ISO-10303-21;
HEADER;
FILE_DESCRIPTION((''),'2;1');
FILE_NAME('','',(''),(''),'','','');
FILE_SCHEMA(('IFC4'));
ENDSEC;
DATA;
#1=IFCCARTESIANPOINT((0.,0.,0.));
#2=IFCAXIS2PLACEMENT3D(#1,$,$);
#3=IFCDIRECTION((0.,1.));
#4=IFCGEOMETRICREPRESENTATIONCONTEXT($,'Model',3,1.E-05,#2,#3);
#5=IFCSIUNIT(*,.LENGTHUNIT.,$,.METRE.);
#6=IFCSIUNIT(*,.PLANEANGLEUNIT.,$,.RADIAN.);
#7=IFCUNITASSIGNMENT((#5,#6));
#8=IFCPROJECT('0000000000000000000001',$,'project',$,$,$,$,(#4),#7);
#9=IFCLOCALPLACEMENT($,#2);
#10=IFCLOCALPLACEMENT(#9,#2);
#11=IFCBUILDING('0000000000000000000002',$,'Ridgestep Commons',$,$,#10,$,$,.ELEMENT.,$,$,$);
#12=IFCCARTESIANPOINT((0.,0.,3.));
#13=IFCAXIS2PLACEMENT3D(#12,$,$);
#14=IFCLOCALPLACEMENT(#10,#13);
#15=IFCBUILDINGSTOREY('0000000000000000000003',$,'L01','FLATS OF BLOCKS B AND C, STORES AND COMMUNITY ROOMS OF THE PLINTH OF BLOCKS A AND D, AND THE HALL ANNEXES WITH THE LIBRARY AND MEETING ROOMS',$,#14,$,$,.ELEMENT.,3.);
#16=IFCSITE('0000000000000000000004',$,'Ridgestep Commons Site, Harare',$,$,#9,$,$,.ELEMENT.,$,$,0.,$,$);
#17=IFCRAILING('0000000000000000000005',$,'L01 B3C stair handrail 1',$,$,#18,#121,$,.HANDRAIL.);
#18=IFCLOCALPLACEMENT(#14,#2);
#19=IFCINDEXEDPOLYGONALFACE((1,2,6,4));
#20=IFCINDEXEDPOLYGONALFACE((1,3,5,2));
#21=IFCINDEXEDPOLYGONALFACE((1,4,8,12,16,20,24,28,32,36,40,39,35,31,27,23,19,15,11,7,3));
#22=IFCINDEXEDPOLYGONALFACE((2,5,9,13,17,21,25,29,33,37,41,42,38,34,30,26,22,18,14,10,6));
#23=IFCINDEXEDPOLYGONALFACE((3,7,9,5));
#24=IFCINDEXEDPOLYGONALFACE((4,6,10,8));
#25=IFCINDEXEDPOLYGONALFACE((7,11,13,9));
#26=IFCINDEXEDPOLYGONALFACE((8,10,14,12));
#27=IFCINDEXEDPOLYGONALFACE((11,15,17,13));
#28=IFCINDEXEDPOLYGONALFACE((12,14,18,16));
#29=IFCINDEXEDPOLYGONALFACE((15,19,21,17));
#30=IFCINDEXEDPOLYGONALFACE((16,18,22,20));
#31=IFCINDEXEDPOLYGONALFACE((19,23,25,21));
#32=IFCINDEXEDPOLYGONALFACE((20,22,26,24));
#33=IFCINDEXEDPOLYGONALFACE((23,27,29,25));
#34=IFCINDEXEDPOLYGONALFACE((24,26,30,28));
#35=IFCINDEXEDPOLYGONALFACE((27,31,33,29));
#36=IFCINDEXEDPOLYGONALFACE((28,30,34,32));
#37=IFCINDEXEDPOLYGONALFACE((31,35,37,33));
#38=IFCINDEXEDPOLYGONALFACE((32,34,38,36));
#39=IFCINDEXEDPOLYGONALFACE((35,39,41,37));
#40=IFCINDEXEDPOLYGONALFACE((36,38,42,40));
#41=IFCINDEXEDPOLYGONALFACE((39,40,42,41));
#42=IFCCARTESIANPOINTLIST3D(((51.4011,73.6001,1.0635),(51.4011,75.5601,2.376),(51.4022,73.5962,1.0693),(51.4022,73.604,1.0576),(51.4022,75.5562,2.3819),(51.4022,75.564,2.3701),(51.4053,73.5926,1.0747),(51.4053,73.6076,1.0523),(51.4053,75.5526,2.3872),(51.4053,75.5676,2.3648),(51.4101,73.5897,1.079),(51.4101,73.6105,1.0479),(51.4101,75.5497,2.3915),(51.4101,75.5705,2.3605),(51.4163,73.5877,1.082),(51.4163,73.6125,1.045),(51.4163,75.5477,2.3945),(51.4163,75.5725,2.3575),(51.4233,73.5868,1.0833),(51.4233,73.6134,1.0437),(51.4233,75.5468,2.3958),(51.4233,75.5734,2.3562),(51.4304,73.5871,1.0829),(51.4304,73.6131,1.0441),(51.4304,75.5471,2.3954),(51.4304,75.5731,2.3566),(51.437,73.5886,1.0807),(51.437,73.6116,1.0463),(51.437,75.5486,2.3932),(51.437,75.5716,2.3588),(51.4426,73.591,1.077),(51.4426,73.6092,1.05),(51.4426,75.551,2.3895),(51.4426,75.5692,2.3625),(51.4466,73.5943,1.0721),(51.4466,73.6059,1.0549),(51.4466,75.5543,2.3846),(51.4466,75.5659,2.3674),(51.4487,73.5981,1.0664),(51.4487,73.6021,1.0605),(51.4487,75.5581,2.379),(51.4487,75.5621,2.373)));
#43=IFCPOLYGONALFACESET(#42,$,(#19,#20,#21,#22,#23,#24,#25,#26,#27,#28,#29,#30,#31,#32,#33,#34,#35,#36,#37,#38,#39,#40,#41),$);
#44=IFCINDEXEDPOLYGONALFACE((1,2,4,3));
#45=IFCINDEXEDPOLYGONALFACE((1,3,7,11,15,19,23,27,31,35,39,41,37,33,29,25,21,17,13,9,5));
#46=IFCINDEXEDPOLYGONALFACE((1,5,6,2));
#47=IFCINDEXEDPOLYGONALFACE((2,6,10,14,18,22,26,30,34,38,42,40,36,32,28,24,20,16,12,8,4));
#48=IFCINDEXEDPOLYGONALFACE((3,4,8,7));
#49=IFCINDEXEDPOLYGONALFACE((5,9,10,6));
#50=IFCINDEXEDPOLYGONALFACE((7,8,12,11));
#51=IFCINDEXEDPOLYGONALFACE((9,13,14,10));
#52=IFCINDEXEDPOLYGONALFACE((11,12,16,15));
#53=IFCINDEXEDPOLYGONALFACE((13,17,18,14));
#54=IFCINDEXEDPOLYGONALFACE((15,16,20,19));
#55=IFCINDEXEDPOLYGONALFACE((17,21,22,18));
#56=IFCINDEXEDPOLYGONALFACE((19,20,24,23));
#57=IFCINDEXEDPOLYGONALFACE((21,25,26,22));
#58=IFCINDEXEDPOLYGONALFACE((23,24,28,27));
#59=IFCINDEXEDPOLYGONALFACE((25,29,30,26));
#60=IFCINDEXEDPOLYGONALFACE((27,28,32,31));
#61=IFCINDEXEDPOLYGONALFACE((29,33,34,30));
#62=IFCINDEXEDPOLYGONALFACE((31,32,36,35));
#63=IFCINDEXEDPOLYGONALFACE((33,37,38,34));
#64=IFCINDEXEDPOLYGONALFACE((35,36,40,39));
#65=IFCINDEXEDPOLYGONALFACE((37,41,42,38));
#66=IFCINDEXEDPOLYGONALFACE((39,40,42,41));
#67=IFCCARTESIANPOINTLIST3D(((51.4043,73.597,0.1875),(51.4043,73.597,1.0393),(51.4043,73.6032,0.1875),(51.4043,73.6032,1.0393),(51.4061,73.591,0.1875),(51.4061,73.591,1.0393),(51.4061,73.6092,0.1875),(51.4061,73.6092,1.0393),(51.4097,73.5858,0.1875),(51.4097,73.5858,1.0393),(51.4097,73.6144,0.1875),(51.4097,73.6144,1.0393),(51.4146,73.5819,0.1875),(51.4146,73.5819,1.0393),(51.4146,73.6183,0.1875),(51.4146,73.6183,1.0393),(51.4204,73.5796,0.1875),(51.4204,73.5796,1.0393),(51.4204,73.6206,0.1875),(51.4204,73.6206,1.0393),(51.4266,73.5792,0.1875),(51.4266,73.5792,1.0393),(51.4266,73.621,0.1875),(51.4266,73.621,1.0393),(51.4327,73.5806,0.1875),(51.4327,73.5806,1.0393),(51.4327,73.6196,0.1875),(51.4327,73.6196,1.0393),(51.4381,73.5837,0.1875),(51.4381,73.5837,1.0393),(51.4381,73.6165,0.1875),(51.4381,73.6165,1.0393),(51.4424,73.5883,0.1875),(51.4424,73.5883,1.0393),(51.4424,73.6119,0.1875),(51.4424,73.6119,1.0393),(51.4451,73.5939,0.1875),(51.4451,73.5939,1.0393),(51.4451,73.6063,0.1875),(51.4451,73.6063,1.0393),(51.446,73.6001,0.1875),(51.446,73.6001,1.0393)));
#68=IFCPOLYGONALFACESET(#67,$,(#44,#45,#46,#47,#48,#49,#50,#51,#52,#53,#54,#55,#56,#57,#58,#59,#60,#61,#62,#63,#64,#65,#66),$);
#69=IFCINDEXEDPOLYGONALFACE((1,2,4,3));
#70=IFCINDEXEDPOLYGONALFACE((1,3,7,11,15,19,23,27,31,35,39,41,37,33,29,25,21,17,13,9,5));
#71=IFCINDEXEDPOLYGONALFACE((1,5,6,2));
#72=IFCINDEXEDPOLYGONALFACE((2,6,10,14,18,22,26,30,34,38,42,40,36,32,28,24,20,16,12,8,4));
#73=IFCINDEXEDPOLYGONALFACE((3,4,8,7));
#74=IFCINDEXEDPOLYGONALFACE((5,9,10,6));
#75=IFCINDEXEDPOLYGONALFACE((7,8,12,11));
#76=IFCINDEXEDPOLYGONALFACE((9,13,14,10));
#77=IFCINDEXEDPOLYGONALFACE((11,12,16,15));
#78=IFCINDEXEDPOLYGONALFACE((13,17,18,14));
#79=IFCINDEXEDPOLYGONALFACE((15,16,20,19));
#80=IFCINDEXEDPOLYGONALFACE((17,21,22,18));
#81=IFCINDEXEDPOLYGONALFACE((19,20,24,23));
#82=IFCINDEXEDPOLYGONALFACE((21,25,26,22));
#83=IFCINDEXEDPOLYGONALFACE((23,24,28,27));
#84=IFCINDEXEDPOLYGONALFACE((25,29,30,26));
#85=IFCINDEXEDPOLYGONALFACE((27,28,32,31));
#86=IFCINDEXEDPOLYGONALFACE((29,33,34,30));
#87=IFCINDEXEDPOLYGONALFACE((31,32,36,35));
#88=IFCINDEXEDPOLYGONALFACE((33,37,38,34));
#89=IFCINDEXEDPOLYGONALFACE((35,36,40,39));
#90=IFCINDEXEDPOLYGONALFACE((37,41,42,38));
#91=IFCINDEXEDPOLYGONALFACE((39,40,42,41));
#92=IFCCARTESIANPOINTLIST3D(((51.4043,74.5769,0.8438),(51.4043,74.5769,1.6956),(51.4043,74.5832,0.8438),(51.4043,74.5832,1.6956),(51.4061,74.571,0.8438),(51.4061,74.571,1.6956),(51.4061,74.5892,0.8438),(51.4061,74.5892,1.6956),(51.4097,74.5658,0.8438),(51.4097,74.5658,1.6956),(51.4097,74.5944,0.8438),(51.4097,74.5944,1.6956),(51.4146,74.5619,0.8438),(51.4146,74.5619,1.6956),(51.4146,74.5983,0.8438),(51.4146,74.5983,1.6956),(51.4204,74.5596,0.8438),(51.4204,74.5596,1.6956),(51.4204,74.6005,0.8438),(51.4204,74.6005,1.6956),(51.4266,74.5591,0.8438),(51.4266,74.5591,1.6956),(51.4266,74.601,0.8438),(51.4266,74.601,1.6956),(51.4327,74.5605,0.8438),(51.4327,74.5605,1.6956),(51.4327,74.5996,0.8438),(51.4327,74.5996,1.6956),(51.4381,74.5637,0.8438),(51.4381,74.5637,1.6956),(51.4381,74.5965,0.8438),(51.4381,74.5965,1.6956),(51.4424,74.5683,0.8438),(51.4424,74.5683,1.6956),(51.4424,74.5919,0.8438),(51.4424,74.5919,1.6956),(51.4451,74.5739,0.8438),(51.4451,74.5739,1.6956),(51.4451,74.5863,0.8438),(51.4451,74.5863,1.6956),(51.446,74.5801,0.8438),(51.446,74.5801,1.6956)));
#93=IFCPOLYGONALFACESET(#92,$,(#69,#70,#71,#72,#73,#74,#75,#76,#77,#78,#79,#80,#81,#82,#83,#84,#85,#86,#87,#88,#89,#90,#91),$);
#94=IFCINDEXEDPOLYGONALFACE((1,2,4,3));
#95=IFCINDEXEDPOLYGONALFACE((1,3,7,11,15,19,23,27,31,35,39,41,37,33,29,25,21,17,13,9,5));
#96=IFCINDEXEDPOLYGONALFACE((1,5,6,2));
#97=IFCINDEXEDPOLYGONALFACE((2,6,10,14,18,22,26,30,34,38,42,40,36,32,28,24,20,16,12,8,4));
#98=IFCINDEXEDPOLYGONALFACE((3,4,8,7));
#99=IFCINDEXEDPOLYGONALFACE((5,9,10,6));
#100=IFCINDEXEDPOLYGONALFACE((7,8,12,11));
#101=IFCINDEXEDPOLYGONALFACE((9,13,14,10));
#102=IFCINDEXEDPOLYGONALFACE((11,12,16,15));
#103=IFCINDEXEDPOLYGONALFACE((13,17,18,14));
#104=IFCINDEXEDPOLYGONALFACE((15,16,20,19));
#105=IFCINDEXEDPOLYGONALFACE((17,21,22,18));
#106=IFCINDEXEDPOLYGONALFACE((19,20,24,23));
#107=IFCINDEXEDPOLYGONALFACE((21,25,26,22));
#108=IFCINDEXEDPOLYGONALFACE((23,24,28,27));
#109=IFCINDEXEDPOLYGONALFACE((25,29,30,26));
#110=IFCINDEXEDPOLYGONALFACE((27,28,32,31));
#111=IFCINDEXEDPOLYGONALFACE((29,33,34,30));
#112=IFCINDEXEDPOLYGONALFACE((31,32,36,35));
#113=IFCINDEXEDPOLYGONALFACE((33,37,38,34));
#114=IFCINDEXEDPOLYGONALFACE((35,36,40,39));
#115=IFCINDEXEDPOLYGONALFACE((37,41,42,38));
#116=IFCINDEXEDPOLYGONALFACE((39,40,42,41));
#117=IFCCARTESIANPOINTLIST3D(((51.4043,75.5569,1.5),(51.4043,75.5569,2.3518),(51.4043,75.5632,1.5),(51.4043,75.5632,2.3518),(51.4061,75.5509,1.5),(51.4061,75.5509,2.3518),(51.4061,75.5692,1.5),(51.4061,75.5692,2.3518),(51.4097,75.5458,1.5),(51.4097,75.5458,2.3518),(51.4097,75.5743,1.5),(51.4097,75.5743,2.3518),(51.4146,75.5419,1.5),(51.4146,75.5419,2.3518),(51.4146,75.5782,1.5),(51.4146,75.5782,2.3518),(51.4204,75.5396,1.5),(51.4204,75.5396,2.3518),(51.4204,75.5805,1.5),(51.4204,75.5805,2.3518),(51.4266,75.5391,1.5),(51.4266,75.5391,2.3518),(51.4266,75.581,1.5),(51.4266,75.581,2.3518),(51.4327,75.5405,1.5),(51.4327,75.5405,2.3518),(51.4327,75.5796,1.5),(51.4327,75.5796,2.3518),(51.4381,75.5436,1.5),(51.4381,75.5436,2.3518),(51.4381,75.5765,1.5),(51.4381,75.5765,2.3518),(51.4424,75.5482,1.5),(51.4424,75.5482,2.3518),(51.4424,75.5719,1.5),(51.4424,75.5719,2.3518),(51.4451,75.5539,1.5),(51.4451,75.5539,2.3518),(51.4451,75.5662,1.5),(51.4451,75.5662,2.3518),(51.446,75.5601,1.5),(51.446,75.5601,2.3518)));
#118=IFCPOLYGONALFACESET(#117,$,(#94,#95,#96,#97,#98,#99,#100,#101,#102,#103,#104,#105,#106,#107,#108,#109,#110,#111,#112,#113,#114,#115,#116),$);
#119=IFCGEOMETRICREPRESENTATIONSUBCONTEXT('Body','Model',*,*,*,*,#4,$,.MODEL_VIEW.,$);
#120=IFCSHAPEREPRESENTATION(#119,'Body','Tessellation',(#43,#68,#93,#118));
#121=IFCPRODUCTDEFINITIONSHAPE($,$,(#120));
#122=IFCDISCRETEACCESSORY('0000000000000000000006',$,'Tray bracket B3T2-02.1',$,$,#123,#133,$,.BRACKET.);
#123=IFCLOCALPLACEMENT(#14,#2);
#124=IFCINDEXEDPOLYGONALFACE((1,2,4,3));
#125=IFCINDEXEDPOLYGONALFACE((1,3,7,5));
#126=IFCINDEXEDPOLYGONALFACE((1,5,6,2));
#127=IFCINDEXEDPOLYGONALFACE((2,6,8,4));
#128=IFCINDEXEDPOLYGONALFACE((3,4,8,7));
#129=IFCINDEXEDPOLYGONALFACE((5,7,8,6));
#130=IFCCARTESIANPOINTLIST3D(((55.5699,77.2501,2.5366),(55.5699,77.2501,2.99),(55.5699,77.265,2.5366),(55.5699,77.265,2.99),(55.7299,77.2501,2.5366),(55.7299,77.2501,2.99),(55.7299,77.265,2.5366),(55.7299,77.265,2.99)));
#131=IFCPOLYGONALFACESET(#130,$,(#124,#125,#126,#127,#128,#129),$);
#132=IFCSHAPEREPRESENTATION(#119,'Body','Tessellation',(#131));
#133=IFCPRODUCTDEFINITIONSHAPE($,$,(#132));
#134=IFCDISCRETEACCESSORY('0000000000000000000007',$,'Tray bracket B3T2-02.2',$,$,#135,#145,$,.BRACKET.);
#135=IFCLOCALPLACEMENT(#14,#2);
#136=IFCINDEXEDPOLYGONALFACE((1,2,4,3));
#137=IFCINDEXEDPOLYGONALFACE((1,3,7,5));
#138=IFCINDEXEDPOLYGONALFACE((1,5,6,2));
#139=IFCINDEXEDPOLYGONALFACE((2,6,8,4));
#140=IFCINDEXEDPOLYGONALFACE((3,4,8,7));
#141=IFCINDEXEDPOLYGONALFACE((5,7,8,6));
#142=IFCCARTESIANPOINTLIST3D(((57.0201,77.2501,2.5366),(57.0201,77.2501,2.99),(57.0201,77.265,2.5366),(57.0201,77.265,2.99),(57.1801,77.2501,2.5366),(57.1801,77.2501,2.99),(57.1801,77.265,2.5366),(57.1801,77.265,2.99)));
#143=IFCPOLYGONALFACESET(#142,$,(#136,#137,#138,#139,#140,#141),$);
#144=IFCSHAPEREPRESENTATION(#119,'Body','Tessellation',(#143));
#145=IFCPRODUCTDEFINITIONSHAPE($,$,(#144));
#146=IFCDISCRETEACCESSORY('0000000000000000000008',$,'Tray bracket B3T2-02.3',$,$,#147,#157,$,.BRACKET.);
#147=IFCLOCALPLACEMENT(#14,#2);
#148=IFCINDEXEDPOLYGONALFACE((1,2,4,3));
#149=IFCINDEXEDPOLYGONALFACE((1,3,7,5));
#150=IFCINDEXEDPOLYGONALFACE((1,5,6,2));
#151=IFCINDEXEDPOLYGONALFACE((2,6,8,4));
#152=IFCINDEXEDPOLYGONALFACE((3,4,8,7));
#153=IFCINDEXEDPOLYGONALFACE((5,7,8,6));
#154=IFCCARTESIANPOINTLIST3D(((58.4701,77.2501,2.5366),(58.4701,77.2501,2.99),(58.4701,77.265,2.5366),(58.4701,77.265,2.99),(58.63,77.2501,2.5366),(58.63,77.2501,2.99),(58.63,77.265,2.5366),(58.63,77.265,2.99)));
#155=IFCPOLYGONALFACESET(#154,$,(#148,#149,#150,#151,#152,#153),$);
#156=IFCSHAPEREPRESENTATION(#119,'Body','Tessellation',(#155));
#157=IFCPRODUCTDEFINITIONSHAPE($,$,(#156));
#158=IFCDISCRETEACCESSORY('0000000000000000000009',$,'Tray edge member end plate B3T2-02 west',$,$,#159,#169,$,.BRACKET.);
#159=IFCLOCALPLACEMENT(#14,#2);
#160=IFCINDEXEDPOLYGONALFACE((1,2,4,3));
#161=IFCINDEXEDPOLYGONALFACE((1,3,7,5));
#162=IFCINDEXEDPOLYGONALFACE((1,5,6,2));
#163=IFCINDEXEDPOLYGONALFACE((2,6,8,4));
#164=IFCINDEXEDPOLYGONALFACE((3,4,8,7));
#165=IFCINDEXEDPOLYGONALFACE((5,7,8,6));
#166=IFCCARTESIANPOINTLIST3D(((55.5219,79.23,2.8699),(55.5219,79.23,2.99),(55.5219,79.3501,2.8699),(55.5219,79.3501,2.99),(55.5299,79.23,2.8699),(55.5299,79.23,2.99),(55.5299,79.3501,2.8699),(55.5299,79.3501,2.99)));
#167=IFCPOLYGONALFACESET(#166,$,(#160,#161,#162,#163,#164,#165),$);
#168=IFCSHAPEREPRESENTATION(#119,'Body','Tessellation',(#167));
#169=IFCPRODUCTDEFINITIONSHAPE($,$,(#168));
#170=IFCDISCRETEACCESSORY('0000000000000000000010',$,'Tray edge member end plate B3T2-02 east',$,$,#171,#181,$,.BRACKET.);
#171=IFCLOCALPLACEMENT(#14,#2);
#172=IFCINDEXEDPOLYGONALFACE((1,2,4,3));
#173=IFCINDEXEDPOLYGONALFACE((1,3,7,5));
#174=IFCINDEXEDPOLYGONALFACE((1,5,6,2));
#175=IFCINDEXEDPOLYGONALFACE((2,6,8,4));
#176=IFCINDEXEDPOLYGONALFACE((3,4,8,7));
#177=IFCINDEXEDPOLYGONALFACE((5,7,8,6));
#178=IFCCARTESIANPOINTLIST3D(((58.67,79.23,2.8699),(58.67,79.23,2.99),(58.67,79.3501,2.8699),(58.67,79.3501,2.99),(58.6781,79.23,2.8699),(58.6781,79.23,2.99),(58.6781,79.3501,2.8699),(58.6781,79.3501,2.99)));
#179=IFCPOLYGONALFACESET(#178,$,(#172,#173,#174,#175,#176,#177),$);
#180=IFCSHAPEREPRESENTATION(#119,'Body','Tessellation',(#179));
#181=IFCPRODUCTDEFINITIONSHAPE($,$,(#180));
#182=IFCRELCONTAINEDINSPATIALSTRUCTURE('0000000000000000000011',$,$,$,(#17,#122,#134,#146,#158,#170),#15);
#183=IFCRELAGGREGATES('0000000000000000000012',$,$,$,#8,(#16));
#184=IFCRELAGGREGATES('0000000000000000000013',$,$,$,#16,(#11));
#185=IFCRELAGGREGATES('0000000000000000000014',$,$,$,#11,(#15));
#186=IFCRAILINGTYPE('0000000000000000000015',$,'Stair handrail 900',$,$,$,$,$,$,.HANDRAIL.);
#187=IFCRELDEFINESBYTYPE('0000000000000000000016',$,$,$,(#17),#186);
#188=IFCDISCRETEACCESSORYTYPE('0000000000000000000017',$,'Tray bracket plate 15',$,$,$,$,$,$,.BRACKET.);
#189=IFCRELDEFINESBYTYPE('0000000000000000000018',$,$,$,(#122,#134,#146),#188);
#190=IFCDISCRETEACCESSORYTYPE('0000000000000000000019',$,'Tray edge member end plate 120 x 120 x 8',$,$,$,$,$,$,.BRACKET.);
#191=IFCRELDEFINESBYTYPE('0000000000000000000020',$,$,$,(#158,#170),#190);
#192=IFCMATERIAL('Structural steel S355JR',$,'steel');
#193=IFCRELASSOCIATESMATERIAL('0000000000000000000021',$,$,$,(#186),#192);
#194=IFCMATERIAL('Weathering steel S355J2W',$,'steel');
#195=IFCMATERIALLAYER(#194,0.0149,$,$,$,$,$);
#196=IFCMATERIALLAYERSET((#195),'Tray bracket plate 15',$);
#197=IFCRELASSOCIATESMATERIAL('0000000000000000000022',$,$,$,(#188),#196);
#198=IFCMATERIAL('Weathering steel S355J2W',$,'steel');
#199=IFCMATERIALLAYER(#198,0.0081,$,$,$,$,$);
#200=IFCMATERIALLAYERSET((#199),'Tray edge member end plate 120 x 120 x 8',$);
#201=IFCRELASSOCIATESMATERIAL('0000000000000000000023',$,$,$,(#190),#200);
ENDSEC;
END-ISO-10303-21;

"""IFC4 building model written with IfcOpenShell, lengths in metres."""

from ifc_helpers import new_model, si_unit, direction, frame, origin, origin_2d, place, context, subcontext, project, spatial, rectangle, circle, extrude, material, layer, layer_set, type_object, element, save


model = new_model("IFC4")

# Units and contexts
model_context = context("Model", 3, precision=1e-05, world=origin(), true_north=direction((0.0, 1.0)))
body_context = subcontext(model_context, "Body", "Model", "MODEL_VIEW")
ifc_project = project(units=[si_unit("LENGTHUNIT", "METRE"), si_unit("PLANEANGLEUNIT", "RADIAN")], contexts=[model_context])

# Site, building, storey
site_placement = place(None, origin())
site = spatial("IfcSite", under=ifc_project, at=site_placement, Name="Ridgestep Commons Site, Harare", CompositionType="ELEMENT", RefElevation=0.0)
building_placement = place(site_placement, origin())
building = spatial("IfcBuilding", under=site, at=building_placement, Name="Ridgestep Commons", CompositionType="ELEMENT")
storey_placement = place(building_placement, frame((0.0, 0.0, 3.0)))
storey = spatial("IfcBuildingStorey", under=building, at=storey_placement, Name="L01", Description="FLATS OF BLOCKS B AND C, STORES AND COMMUNITY ROOMS OF THE PLINTH OF BLOCKS A AND D, AND THE HALL ANNEXES WITH THE LIBRARY AND MEETING ROOMS", CompositionType="ELEMENT", Elevation=3.0)

# Railing
ifc_material_1 = material(Name="Structural steel S355JR", Category="steel")
railing_type_1 = type_object("IfcRailingType", Name="Stair handrail 900", PredefinedType="HANDRAIL", material=ifc_material_1)
railing_1_placement = place(storey_placement, frame((51.425, 73.6001, 0.1875)))
element("IfcRailing", 1, at=railing_1_placement, inside=storey, type_object=railing_type_1, Name="L01 B3C stair handrail 1", PredefinedType="HANDRAIL", context=body_context, shape_type="SweptSolid", body=[
    extrude(circle(Radius=0.0239, at=origin_2d()), frame((0.0, 0.0, 0.876), z_axis=(0.0, 0.830902, 0.556419), x_axis=(-1.0, 0.0, 0.0)), (0.0, 0.0, 1.0), 2.3589),
    extrude(circle(Radius=0.021, at=origin_2d()), origin(), (0.0, 0.0, 1.0), 0.8518),
    extrude(circle(Radius=0.021, at=origin_2d()), frame((0.0, 0.98, 0.6562)), (0.0, 0.0, 1.0), 0.8518),
    extrude(circle(Radius=0.021, at=origin_2d()), frame((0.0, 1.96, 1.3125)), (0.0, 0.0, 1.0), 0.8518),
])

# Discrete accessories
ifc_material_2 = material(Name="Weathering steel S355J2W", Category="steel")
ifc_layer_1 = layer(ifc_material_2, 0.0149)
ifc_layer_set_1 = layer_set([ifc_layer_1], Name="Tray bracket plate 15")
discrete_accessory_type_1 = type_object("IfcDiscreteAccessoryType", Name="Tray bracket plate 15", PredefinedType="BRACKET", material=ifc_layer_set_1)
for number, where, z_axis, x_axis, name in (
    (2, (55.6499, 77.2576, 2.5366), (0.0, 0.0, 1.0), (1.0, 0.0, 0.0), "Tray bracket B3T2-02.1"),
    (3, (57.1001, 77.2576, 2.5366), (0.0, 0.0, 1.0), (1.0, 0.0, 0.0), "Tray bracket B3T2-02.2"),
    (4, (58.55, 77.2576, 2.5366), (0.0, 0.0, 1.0), (1.0, 0.0, 0.0), "Tray bracket B3T2-02.3"),
):
    element("IfcDiscreteAccessory", number, at=place(storey_placement, frame(where, z_axis=z_axis, x_axis=x_axis)), inside=storey, type_object=discrete_accessory_type_1, Name=name, PredefinedType="BRACKET", context=body_context, shape_type="SweptSolid", body=[
        extrude(rectangle(XDim=0.1599, YDim=0.0149, at=origin_2d()), origin(), (0.0, 0.0, 1.0), 0.4534),
    ])
ifc_material_3 = material(Name="Weathering steel S355J2W", Category="steel")
ifc_layer_2 = layer(ifc_material_3, 0.0081)
ifc_layer_set_2 = layer_set([ifc_layer_2], Name="Tray edge member end plate 120 x 120 x 8")
discrete_accessory_type_2 = type_object("IfcDiscreteAccessoryType", Name="Tray edge member end plate 120 x 120 x 8", PredefinedType="BRACKET", material=ifc_layer_set_2)
for number, where, z_axis, x_axis, name in (
    (5, (55.5259, 79.29, 2.8699), (0.0, 0.0, 1.0), (1.0, 0.0, 0.0), "Tray edge member end plate B3T2-02 west"),
    (6, (58.6741, 79.29, 2.8699), (0.0, 0.0, 1.0), (1.0, 0.0, 0.0), "Tray edge member end plate B3T2-02 east"),
):
    element("IfcDiscreteAccessory", number, at=place(storey_placement, frame(where, z_axis=z_axis, x_axis=x_axis)), inside=storey, type_object=discrete_accessory_type_2, Name=name, PredefinedType="BRACKET", context=body_context, shape_type="SweptSolid", body=[
        extrude(rectangle(XDim=0.0081, YDim=0.1201, at=origin_2d()), origin(), (0.0, 0.0, 1.0), 0.1201),
    ])

save(model, "model.ifc")
